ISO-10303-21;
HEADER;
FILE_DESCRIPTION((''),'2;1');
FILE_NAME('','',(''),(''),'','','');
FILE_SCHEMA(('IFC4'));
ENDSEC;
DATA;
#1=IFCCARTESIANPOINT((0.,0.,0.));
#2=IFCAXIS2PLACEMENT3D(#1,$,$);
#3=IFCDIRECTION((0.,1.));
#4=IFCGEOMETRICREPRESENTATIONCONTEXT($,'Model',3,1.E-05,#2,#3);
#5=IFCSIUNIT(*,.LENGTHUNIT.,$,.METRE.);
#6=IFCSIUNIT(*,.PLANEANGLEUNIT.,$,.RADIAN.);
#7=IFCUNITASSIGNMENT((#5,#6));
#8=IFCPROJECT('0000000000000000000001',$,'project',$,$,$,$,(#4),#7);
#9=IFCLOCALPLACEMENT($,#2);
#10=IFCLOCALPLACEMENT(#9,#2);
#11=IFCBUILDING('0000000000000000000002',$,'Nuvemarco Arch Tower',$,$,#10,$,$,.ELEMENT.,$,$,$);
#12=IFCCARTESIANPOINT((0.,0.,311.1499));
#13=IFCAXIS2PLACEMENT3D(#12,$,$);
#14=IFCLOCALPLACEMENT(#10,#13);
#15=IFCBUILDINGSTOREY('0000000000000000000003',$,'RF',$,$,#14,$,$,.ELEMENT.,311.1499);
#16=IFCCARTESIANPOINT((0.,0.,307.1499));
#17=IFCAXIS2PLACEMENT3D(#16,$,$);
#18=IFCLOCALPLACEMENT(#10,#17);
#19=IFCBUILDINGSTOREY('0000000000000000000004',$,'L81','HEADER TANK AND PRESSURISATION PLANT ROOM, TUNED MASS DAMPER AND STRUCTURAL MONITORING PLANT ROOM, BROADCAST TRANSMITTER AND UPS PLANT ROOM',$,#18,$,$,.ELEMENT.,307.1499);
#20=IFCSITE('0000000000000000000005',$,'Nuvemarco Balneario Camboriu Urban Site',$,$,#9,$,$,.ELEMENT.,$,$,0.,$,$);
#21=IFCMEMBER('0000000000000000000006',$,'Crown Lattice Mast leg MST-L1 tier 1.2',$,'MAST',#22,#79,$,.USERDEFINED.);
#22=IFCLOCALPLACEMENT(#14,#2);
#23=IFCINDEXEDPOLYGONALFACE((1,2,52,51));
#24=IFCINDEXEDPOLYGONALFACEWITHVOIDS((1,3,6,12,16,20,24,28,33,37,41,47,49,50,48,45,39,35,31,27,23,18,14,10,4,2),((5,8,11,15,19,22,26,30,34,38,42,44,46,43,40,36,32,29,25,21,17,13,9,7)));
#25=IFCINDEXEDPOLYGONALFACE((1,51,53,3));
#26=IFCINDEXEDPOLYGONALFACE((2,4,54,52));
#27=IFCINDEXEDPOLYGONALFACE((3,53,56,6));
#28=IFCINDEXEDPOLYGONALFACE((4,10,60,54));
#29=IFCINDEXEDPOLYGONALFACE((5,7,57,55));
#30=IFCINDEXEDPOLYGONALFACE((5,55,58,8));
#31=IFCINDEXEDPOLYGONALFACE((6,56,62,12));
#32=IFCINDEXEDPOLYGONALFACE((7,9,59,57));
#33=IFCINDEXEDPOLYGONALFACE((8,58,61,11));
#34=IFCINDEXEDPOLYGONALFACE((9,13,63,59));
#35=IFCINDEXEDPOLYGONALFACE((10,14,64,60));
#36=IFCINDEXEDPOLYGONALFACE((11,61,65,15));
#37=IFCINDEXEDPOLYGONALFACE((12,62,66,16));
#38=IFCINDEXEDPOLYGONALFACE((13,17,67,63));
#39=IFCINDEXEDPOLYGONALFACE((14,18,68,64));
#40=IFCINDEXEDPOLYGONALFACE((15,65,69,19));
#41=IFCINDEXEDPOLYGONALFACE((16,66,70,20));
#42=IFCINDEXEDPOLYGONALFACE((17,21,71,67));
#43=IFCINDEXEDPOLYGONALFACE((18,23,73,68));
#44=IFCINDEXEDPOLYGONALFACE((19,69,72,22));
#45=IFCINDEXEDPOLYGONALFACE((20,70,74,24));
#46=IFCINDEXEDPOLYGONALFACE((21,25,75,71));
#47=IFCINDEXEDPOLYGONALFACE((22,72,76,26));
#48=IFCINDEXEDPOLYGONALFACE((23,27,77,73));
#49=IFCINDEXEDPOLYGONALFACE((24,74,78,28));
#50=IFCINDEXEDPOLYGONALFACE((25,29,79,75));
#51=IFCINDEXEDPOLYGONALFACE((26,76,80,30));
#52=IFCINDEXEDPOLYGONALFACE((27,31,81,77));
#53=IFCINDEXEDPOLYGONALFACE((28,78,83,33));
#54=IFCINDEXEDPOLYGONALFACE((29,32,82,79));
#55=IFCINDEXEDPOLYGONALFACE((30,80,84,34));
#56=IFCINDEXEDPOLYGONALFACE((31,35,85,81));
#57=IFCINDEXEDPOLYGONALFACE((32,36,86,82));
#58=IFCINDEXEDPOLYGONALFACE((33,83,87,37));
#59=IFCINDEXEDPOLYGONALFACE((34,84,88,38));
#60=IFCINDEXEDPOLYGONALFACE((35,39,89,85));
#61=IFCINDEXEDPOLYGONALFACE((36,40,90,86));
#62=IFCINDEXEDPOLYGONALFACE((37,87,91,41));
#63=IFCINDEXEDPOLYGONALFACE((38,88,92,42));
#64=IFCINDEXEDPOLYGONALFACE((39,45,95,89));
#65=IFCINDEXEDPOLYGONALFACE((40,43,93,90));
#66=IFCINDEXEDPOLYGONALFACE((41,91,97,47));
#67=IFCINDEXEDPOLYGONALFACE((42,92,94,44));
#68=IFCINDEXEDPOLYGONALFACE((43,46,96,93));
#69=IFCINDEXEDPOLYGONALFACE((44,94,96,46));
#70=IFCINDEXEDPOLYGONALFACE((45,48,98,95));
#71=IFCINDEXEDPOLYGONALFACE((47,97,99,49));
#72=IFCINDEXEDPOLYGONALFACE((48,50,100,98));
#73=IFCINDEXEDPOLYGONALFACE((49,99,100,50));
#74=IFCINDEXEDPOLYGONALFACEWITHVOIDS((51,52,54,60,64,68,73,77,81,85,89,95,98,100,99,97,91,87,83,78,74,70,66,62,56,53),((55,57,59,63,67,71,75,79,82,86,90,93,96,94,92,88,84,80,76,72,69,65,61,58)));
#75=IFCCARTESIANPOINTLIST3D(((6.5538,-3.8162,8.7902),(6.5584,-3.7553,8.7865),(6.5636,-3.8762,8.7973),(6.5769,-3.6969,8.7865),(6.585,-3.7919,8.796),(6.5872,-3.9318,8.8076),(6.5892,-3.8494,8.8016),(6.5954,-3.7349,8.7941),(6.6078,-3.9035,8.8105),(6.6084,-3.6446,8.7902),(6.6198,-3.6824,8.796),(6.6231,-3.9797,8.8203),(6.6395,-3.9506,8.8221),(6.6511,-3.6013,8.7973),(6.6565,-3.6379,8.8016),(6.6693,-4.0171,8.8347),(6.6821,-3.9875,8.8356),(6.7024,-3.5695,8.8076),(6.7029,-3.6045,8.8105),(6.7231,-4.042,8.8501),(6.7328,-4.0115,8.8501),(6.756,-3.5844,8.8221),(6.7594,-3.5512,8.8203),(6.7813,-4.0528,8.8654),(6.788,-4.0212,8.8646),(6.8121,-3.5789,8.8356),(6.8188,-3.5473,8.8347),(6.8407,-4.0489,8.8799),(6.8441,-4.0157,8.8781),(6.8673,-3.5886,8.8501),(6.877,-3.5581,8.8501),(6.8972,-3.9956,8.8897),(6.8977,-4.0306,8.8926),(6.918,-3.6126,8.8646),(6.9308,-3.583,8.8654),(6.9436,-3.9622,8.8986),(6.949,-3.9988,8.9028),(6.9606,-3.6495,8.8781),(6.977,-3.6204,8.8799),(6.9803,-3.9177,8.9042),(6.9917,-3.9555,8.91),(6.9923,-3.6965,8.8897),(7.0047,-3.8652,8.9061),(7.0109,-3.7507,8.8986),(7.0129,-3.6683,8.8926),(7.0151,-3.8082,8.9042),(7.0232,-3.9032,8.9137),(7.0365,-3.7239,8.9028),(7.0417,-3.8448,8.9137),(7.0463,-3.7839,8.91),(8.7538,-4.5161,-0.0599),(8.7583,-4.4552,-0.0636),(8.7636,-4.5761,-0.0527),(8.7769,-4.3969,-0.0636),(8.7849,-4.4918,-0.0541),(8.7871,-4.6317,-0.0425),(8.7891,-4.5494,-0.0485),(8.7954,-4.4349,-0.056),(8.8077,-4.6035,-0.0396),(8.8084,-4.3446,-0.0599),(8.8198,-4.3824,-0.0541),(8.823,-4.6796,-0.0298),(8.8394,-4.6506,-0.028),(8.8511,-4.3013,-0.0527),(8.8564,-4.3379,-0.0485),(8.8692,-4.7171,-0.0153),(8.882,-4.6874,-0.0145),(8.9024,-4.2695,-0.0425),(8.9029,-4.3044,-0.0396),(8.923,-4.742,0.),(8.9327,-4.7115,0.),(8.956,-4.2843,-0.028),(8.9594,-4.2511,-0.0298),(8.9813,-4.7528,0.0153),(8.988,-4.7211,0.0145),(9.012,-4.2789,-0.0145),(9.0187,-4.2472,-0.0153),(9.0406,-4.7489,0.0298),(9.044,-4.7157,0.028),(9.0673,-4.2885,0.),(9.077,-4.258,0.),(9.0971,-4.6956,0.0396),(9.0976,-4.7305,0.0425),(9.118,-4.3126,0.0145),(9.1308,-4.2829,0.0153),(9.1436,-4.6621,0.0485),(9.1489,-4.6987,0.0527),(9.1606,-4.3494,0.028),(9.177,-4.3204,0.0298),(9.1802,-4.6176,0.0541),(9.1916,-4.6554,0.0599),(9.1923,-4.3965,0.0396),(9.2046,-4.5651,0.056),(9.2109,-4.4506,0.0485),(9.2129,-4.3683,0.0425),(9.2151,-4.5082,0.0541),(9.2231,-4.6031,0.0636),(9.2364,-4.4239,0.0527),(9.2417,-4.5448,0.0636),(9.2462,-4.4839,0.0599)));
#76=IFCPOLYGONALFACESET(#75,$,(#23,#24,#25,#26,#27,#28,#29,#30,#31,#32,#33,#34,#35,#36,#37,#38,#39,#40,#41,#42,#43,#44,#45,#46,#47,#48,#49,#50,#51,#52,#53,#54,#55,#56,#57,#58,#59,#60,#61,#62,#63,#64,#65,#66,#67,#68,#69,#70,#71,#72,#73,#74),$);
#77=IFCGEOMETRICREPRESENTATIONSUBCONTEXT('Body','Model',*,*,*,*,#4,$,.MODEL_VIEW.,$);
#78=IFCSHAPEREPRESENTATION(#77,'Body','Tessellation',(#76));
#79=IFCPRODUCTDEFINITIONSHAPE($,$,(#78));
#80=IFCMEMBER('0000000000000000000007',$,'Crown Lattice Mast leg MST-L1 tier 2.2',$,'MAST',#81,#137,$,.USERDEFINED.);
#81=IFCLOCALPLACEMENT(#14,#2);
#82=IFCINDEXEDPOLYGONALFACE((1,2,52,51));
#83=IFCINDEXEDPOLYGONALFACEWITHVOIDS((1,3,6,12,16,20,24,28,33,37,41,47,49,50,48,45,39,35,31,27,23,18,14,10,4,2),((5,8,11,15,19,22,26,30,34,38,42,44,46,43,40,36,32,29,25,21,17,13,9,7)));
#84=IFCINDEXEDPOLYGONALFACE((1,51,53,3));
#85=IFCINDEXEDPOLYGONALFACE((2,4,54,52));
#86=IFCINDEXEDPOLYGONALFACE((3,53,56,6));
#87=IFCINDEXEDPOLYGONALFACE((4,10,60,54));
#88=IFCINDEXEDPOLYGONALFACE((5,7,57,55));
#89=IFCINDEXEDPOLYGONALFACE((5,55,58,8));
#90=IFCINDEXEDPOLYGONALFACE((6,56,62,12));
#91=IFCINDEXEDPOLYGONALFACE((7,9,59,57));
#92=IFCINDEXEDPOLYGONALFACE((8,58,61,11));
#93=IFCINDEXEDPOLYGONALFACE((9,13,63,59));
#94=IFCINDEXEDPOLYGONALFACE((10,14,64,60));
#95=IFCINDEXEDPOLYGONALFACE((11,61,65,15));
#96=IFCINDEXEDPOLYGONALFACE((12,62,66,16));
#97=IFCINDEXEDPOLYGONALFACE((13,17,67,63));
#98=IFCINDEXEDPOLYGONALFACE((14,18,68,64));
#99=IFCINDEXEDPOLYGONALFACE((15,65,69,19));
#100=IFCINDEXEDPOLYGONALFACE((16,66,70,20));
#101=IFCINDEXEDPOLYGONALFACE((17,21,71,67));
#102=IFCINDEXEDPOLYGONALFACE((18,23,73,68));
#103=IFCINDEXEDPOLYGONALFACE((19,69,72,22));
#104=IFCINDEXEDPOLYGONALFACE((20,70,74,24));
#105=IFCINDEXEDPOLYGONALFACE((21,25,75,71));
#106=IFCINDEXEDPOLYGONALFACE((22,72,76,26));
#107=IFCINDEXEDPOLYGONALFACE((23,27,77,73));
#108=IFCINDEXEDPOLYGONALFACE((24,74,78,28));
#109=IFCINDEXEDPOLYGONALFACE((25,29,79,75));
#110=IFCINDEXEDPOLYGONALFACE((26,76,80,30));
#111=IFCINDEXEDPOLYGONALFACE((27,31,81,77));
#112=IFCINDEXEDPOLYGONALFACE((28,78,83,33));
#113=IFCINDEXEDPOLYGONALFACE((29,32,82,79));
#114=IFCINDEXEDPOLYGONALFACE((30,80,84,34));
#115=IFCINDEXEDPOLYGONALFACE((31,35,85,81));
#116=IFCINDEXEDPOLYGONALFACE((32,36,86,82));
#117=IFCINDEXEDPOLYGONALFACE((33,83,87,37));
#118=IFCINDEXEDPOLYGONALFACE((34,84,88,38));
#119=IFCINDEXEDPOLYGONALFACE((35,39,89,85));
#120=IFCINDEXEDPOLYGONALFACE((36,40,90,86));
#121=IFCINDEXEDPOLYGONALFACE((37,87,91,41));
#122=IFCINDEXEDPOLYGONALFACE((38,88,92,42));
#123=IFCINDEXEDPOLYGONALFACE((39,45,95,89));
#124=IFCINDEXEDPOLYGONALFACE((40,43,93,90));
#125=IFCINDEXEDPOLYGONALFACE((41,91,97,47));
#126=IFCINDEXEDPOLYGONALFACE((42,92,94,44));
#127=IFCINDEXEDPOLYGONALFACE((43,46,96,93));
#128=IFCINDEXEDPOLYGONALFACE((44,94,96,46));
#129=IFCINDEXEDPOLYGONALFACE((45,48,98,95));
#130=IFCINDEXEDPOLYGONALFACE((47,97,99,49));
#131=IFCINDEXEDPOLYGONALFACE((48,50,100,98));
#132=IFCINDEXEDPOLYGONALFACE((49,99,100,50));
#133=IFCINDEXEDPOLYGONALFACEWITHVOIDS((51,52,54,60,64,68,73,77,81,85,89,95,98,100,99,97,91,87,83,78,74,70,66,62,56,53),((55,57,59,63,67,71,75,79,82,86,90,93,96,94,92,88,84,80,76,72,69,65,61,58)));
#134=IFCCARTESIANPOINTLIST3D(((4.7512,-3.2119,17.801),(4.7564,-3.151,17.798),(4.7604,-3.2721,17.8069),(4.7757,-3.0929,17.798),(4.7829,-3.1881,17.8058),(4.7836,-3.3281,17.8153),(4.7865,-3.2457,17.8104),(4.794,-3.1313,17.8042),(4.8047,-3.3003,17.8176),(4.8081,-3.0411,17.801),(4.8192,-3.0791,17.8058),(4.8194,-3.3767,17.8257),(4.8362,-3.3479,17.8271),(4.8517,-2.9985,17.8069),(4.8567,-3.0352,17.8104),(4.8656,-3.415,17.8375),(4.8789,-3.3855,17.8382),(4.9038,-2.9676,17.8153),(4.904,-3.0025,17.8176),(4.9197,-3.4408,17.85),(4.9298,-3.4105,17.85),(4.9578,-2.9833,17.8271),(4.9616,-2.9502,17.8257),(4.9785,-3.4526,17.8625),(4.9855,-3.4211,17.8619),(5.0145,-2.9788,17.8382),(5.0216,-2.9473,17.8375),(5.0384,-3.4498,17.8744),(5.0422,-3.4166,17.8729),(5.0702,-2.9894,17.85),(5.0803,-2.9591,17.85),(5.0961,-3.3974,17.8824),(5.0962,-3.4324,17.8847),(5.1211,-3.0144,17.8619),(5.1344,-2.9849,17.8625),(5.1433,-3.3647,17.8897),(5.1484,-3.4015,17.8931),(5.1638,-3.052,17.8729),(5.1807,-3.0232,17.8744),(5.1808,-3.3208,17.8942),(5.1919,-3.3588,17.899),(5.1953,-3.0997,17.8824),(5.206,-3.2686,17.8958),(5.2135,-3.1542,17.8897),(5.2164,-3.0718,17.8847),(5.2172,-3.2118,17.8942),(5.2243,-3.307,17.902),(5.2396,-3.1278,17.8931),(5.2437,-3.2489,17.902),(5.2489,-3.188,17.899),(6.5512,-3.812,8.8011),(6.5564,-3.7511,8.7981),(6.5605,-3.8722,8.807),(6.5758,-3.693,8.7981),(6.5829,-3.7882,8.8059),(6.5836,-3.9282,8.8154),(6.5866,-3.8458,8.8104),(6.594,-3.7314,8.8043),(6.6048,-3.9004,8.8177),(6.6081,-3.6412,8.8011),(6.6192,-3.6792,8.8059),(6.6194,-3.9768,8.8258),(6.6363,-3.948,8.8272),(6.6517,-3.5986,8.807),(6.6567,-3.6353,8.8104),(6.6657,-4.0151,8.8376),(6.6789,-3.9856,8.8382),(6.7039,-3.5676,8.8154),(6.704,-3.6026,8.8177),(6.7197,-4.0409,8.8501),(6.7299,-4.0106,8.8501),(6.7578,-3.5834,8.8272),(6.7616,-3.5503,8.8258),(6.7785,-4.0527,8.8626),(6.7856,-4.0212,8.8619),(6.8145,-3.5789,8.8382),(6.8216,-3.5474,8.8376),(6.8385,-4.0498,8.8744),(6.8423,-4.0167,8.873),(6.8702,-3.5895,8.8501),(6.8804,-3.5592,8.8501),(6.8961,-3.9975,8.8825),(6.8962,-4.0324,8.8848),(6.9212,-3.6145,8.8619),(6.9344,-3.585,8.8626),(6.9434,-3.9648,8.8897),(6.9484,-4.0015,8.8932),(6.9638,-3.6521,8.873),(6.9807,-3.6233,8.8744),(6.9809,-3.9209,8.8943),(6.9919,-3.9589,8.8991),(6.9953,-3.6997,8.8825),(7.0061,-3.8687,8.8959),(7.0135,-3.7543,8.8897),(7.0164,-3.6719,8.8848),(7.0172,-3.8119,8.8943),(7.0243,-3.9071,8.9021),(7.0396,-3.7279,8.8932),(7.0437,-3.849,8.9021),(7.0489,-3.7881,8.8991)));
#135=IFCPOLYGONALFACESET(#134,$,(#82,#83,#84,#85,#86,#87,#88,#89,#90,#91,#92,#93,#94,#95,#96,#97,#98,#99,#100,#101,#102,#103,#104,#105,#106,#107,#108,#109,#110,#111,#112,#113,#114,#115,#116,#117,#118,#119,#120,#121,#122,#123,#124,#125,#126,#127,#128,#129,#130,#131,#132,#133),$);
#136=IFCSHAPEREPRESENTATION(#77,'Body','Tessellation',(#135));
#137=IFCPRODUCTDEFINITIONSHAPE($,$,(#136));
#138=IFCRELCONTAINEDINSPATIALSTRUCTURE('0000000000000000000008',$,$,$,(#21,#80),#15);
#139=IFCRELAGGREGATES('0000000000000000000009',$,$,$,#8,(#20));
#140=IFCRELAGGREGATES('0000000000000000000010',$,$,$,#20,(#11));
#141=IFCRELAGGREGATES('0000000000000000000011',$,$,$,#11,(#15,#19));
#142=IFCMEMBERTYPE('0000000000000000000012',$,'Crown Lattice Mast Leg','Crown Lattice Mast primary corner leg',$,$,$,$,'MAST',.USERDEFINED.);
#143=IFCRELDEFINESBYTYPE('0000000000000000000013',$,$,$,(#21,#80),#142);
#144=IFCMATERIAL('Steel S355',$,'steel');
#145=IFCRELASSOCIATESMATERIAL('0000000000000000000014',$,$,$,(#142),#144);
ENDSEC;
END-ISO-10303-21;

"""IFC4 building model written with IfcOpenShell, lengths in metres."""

from ifc_helpers import new_model, si_unit, direction, frame, origin, origin_2d, place, context, subcontext, project, spatial, hollow_circle, extrude, material, material_profile, profile_set, type_object, element, save


model = new_model("IFC4")

# Units and contexts
model_context = context("Model", 3, precision=1e-05, world=origin(), true_north=direction((0.0, 1.0)))
body_context = subcontext(model_context, "Body", "Model", "MODEL_VIEW")
ifc_project = project(units=[si_unit("LENGTHUNIT", "METRE"), si_unit("PLANEANGLEUNIT", "RADIAN")], contexts=[model_context])

# Site, building, storey
site_placement = place(None, origin())
site = spatial("IfcSite", under=ifc_project, at=site_placement, Name="Nuvemarco Balneario Camboriu Urban Site", CompositionType="ELEMENT", RefElevation=0.0)
building_placement = place(site_placement, origin())
building = spatial("IfcBuilding", under=site, at=building_placement, Name="Nuvemarco Arch Tower", CompositionType="ELEMENT")
storey_1_placement = place(building_placement, frame((0.0, 0.0, 311.1499)))
storey_1 = spatial("IfcBuildingStorey", under=building, at=storey_1_placement, Name="RF", CompositionType="ELEMENT", Elevation=311.1499)

# Members
ifc_material_1 = material(Name="Steel S355", Category="steel")
ifc_material_profile_1 = material_profile(ifc_material_1, hollow_circle(Radius=0.2539, WallThickness=0.032, at=origin_2d()), Name="CHS508x32")
ifc_profile_set_1 = profile_set([ifc_material_profile_1], Name="Steel S355")
member_type_1 = type_object("IfcMemberType", Name="Crown Lattice Mast Leg", Description="Crown Lattice Mast primary corner leg", ElementType="MAST", PredefinedType="USERDEFINED", material=ifc_profile_set_1)
member_1_placement = place(storey_1_placement, frame((9.0, -4.5, 0.0), z_axis=(-0.24053, 0.076529, 0.96762), x_axis=(-0.303191, -0.95293, 0.0)))
element("IfcMember", 1, at=member_1_placement, inside=storey_1, type_object=member_type_1, Name="Crown Lattice Mast leg MST-L1 tier 1.2", ObjectType="MAST", PredefinedType="USERDEFINED", context=body_context, shape_type="SweptSolid", body=[
    extrude(hollow_circle(Radius=0.2539, WallThickness=0.032, at=origin_2d()), origin(), (0.0, 0.0, 1.0), 9.1462),
])
member_2_placement = place(storey_1_placement, frame((6.8, -3.8, 8.8501), z_axis=(-0.195703, 0.065243, 0.97849), x_axis=(-0.316266, -0.94867, 0.0)))
element("IfcMember", 2, at=member_2_placement, inside=storey_1, type_object=member_type_1, Name="Crown Lattice Mast leg MST-L1 tier 2.2", ObjectType="MAST", PredefinedType="USERDEFINED", context=body_context, shape_type="SweptSolid", body=[
    extrude(hollow_circle(Radius=0.2539, WallThickness=0.032, at=origin_2d()), origin(), (0.0, 0.0, 1.0), 9.1978),
])

# Shared definitions
storey_2_placement = place(building_placement, frame((0.0, 0.0, 307.1499)))
storey_2 = spatial("IfcBuildingStorey", under=building, at=storey_2_placement, Name="L81", Description="HEADER TANK AND PRESSURISATION PLANT ROOM, TUNED MASS DAMPER AND STRUCTURAL MONITORING PLANT ROOM, BROADCAST TRANSMITTER AND UPS PLANT ROOM", CompositionType="ELEMENT", Elevation=307.1499)

save(model, "model.ifc")
